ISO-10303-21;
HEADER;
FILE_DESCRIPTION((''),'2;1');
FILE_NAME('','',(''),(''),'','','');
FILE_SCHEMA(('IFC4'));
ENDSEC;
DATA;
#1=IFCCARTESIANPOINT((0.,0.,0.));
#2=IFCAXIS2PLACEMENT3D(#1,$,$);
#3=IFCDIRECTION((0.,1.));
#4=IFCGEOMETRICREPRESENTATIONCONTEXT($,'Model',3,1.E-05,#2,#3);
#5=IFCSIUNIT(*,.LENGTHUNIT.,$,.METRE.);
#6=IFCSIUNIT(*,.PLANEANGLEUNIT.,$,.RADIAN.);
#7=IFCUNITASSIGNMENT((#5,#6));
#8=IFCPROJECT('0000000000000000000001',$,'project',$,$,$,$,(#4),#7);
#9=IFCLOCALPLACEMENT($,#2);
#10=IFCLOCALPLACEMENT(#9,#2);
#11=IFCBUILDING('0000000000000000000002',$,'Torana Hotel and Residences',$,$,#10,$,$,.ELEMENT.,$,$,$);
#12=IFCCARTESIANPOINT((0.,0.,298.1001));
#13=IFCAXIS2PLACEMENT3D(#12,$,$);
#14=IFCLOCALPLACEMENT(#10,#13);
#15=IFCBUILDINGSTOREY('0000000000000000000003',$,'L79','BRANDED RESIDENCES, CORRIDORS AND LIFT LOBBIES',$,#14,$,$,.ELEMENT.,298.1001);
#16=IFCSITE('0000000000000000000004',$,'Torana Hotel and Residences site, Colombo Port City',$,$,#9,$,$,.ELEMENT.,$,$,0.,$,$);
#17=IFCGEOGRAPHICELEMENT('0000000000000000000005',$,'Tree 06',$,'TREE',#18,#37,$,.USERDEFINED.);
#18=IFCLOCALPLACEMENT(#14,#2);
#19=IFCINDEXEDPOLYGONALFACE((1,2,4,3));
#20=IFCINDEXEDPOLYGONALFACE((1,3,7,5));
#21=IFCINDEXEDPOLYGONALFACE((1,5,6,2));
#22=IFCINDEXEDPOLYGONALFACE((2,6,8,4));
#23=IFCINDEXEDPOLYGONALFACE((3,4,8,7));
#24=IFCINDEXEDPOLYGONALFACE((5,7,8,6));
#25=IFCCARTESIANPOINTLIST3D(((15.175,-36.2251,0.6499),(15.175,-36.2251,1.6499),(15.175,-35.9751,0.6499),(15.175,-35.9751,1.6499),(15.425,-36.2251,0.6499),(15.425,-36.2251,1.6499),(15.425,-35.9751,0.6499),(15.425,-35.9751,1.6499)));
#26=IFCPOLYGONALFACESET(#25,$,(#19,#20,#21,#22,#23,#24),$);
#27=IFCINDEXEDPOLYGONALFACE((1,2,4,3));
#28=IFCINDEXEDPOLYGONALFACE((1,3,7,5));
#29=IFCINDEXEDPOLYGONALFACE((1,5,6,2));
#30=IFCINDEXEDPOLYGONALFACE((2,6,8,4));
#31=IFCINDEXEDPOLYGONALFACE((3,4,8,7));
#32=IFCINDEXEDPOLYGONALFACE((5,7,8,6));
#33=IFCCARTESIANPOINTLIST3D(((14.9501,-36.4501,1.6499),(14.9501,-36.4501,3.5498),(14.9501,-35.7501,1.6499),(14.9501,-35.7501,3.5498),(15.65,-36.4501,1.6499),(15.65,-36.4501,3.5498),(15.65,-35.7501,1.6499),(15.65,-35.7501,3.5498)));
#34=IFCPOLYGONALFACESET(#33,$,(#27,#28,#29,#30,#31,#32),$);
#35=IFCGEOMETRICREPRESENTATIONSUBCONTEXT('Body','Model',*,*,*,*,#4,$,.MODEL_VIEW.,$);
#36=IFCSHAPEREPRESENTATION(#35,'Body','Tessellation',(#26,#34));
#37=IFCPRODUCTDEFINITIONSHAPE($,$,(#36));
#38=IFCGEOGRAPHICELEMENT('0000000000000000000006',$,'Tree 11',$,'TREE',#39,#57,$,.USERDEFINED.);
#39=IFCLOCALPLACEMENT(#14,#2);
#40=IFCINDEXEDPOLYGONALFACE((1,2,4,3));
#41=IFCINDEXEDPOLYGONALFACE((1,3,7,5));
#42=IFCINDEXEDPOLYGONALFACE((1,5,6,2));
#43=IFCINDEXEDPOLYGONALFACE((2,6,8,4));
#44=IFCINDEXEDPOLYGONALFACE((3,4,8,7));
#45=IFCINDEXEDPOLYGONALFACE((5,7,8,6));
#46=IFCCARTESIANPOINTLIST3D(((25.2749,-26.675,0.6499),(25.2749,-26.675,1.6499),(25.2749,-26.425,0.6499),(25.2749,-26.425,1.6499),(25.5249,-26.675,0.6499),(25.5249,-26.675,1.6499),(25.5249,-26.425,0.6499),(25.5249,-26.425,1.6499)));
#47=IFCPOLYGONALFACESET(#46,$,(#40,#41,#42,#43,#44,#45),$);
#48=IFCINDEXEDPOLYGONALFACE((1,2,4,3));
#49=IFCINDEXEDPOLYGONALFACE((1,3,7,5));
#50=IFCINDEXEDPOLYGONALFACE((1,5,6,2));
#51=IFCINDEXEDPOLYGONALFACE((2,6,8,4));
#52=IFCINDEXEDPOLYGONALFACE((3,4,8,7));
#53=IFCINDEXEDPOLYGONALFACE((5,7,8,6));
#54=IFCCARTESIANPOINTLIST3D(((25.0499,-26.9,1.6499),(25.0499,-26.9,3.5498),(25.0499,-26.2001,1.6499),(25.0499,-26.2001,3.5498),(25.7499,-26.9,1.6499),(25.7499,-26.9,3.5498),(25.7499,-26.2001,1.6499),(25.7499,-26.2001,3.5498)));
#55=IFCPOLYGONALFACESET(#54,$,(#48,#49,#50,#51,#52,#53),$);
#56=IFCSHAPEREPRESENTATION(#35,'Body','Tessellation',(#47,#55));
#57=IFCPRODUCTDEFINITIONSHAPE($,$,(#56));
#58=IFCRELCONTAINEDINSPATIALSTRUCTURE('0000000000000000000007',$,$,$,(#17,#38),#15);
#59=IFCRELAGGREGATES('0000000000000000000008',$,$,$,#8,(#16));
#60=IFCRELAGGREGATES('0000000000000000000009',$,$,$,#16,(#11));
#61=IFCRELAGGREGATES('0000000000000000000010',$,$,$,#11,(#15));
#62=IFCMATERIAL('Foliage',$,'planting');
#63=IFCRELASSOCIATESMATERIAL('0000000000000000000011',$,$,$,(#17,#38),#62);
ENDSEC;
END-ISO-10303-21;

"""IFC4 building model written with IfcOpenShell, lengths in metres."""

from ifc_helpers import new_model, si_unit, direction, frame, origin, origin_2d, place, context, subcontext, project, spatial, rectangle, extrude, material, element, save


model = new_model("IFC4")

# Units and contexts
model_context = context("Model", 3, precision=1e-05, world=origin(), true_north=direction((0.0, 1.0)))
body_context = subcontext(model_context, "Body", "Model", "MODEL_VIEW")
ifc_project = project(units=[si_unit("LENGTHUNIT", "METRE"), si_unit("PLANEANGLEUNIT", "RADIAN")], contexts=[model_context])

# Site, building, storey
site_placement = place(None, origin())
site = spatial("IfcSite", under=ifc_project, at=site_placement, Name="Torana Hotel and Residences site, Colombo Port City", CompositionType="ELEMENT", RefElevation=0.0)
building_placement = place(site_placement, origin())
building = spatial("IfcBuilding", under=site, at=building_placement, Name="Torana Hotel and Residences", CompositionType="ELEMENT")
storey_placement = place(building_placement, frame((0.0, 0.0, 298.1001)))
storey = spatial("IfcBuildingStorey", under=building, at=storey_placement, Name="L79", Description="BRANDED RESIDENCES, CORRIDORS AND LIFT LOBBIES", CompositionType="ELEMENT", Elevation=298.1001)

# Geographic elements
ifc_material_1 = material(Name="Foliage", Category="planting")
for number, where, z_axis, x_axis, name in (
    (1, (15.3, -36.1001, 0.6499), (0.0, 0.0, 1.0), (1.0, 0.0, 0.0), "Tree 06"),
    (2, (25.3999, -26.55, 0.6499), (0.0, 0.0, 1.0), (1.0, 0.0, 0.0), "Tree 11"),
):
    element("IfcGeographicElement", number, at=place(storey_placement, frame(where, z_axis=z_axis, x_axis=x_axis)), inside=storey, material=ifc_material_1, Name=name, ObjectType="TREE", PredefinedType="USERDEFINED", context=body_context, shape_type="SweptSolid", body=[
        extrude(rectangle(XDim=0.25, YDim=0.25, at=origin_2d()), origin(), (0.0, 0.0, 1.0), 1.0),
        extrude(rectangle(XDim=0.7, YDim=0.7, at=origin_2d()), frame((0.0, 0.0, 1.0)), (0.0, 0.0, 1.0), 1.8999),
    ])

save(model, "model.ifc")
